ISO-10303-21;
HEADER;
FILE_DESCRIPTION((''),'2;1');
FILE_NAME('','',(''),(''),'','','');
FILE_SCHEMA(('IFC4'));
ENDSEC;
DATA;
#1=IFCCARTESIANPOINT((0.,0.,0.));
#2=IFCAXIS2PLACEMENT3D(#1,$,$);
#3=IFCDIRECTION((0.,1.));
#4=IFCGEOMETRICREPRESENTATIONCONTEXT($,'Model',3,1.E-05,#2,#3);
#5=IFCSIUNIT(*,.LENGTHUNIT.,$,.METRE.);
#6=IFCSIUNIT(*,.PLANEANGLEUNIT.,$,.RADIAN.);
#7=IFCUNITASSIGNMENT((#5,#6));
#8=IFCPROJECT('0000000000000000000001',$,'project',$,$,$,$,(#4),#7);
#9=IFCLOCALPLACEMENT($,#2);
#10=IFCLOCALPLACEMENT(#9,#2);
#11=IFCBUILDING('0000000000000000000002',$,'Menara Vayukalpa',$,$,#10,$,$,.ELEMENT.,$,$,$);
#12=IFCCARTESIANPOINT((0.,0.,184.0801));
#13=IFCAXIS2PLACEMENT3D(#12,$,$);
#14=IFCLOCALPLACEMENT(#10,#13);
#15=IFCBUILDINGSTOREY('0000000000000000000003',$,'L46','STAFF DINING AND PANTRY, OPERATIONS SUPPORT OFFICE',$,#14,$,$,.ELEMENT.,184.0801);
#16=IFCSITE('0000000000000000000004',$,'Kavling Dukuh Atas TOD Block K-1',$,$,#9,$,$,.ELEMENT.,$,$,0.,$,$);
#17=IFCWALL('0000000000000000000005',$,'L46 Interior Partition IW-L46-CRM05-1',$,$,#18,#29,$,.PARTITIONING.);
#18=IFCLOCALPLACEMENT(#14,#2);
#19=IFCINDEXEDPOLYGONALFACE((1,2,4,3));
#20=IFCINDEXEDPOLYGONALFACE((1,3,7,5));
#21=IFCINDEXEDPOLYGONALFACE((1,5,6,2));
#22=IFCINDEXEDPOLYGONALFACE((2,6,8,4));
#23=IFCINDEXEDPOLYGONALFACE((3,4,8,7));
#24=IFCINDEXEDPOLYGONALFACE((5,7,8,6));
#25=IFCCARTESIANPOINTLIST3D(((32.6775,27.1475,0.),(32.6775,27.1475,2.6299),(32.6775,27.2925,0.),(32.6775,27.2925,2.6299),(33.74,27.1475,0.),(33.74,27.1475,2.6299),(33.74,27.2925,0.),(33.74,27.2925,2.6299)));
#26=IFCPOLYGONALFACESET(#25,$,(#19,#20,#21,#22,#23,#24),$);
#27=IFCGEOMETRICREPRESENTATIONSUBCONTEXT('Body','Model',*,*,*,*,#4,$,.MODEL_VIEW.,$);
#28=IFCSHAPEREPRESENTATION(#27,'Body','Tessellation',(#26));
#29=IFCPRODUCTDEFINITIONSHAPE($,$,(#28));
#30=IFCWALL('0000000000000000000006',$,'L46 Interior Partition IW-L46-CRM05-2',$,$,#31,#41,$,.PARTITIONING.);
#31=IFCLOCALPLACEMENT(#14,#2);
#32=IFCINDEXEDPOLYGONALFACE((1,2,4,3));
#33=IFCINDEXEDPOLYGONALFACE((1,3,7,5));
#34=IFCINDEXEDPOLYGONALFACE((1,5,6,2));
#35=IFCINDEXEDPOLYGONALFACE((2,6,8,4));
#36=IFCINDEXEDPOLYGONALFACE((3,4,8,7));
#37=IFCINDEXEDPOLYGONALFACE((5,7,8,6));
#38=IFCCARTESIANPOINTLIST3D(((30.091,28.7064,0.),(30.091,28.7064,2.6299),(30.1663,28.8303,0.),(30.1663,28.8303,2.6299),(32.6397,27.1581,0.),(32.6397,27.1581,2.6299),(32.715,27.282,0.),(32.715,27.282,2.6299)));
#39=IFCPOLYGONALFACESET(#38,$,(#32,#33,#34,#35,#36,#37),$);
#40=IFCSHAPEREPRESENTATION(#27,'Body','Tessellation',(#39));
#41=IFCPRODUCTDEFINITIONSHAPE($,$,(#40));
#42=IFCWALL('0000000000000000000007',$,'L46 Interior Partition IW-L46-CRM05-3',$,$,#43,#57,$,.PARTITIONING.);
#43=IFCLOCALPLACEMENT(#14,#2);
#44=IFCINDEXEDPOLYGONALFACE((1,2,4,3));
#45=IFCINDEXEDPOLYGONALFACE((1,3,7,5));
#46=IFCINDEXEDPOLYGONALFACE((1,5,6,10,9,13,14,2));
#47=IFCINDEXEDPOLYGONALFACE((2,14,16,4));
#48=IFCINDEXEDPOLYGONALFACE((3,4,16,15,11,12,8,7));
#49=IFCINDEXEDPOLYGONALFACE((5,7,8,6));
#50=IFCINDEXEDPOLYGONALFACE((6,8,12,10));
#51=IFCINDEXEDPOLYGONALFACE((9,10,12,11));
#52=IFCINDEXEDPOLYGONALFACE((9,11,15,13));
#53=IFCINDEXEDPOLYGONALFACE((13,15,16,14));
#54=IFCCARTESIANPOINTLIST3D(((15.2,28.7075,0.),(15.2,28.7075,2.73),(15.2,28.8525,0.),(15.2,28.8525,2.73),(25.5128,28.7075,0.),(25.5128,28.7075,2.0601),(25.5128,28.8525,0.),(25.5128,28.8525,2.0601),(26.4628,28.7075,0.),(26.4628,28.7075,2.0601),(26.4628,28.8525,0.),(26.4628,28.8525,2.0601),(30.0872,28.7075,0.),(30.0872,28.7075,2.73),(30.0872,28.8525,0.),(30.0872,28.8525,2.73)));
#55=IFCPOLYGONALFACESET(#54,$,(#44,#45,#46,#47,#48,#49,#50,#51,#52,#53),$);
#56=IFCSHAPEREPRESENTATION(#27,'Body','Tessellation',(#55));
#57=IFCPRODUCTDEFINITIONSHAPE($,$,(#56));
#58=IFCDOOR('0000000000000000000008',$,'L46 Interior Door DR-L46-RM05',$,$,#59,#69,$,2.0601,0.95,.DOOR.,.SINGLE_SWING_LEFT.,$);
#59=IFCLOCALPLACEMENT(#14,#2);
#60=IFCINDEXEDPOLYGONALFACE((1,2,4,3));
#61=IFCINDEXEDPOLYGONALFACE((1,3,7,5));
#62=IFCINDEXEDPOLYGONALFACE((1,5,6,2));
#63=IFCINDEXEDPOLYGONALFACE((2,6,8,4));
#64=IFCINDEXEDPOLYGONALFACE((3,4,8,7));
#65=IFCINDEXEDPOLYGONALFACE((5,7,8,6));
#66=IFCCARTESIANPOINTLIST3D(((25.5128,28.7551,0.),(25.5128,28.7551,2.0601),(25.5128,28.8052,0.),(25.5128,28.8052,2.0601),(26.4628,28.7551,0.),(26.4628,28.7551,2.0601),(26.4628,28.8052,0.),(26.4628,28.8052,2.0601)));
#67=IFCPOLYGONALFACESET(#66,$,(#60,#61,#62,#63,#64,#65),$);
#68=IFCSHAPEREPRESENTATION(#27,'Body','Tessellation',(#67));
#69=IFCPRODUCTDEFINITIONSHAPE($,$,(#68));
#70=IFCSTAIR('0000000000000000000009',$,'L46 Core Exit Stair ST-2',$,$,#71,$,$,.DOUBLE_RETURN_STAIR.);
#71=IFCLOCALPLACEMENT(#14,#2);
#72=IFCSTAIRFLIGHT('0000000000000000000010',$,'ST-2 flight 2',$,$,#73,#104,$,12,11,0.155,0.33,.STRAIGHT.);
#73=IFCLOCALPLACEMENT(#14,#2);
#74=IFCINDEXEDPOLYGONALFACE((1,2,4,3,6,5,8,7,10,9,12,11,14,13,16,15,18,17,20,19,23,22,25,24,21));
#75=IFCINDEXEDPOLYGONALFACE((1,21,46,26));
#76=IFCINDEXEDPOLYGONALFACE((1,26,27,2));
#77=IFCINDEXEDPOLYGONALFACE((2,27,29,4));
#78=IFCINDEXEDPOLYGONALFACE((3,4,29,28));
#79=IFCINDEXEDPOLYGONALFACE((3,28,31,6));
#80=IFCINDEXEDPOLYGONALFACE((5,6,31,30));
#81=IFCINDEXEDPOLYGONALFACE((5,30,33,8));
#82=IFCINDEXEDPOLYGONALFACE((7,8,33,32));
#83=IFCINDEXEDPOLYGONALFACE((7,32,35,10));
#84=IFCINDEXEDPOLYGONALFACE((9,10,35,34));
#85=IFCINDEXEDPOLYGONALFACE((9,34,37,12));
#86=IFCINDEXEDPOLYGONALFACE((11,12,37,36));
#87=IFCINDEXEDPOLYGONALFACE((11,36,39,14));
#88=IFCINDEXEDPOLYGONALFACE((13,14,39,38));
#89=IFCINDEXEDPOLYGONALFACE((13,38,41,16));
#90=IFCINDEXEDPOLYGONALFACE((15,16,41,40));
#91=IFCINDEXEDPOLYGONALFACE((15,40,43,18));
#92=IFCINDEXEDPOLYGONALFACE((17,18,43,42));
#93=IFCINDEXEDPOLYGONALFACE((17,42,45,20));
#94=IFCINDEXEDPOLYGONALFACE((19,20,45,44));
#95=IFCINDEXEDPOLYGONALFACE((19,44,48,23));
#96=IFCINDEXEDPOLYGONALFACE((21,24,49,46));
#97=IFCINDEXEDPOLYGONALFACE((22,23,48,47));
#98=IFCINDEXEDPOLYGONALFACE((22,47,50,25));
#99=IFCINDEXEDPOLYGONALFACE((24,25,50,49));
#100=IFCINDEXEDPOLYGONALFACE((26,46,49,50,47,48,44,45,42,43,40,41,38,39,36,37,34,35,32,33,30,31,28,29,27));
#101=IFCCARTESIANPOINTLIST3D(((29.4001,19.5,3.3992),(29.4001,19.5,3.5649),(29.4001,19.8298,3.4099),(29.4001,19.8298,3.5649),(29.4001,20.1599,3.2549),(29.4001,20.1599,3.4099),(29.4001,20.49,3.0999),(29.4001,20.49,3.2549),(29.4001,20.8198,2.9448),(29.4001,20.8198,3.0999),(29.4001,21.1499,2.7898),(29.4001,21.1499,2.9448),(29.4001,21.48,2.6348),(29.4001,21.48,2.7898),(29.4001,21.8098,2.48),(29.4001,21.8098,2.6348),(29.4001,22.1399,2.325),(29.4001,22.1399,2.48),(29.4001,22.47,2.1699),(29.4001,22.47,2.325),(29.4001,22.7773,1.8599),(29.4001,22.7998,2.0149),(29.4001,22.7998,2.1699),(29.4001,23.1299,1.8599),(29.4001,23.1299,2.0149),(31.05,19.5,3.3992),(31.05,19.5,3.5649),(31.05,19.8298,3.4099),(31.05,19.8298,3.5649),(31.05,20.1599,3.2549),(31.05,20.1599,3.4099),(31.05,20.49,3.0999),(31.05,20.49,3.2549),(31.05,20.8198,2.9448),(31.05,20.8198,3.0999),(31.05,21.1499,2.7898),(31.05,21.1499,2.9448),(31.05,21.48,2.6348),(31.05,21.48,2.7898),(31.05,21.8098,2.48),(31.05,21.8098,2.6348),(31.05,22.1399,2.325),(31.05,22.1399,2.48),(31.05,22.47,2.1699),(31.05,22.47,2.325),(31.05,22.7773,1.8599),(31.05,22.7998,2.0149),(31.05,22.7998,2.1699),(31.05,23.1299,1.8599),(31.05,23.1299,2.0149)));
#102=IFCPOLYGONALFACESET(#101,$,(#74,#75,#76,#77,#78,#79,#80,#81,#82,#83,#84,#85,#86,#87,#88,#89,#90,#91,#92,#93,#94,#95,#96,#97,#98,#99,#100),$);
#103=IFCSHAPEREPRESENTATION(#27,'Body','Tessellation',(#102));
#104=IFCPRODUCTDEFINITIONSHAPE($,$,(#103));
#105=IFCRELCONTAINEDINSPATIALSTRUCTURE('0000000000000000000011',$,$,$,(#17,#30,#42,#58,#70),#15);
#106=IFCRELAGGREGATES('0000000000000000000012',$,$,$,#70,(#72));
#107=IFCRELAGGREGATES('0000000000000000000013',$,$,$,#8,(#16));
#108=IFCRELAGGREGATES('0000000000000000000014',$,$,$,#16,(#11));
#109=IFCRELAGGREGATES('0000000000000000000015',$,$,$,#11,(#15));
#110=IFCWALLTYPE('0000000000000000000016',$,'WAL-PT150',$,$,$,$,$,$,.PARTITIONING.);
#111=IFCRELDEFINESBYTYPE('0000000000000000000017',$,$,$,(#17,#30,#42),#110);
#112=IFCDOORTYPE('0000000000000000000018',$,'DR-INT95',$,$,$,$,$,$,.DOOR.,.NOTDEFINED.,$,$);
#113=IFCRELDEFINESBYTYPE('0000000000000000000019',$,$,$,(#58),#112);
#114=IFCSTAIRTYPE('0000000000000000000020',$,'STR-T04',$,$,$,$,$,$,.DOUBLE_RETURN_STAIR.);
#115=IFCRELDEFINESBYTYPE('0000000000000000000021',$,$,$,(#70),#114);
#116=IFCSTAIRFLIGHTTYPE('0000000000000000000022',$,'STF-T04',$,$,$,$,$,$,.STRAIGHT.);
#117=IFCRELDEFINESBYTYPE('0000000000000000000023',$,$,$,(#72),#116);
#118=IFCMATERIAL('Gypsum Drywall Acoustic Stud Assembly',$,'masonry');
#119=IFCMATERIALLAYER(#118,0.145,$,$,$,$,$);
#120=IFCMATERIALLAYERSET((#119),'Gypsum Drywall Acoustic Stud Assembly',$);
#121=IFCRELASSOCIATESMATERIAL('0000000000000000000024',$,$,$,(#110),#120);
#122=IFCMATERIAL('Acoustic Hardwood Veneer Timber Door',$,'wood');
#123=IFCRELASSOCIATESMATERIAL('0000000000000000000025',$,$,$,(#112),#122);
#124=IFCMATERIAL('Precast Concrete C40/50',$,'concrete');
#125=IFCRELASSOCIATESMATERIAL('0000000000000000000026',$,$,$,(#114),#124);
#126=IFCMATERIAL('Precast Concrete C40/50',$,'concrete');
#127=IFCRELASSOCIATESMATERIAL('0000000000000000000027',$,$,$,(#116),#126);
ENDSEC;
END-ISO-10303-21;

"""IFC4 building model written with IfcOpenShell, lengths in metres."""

from ifc_helpers import new_model, si_unit, direction, frame, frame_2d, origin, place, context, subcontext, project, spatial, polyline, rectangle, outline, extrude, material, layer, layer_set, type_object, element, fill, aggregate, save


model = new_model("IFC4")

# Units and contexts
model_context = context("Model", 3, precision=1e-05, world=origin(), true_north=direction((0.0, 1.0)))
body_context = subcontext(model_context, "Body", "Model", "MODEL_VIEW")
ifc_project = project(units=[si_unit("LENGTHUNIT", "METRE"), si_unit("PLANEANGLEUNIT", "RADIAN")], contexts=[model_context])

# Site, building, storey
site_placement = place(None, origin())
site = spatial("IfcSite", under=ifc_project, at=site_placement, Name="Kavling Dukuh Atas TOD Block K-1", CompositionType="ELEMENT", RefElevation=0.0)
building_placement = place(site_placement, origin())
building = spatial("IfcBuilding", under=site, at=building_placement, Name="Menara Vayukalpa", CompositionType="ELEMENT")
storey_placement = place(building_placement, frame((0.0, 0.0, 184.0801)))
storey = spatial("IfcBuildingStorey", under=building, at=storey_placement, Name="L46", Description="STAFF DINING AND PANTRY, OPERATIONS SUPPORT OFFICE", CompositionType="ELEMENT", Elevation=184.0801)

# Walls
ifc_material_1 = material(Name="Gypsum Drywall Acoustic Stud Assembly", Category="masonry")
ifc_layer_1 = layer(ifc_material_1, 0.145)
ifc_layer_set_1 = layer_set([ifc_layer_1], Name="Gypsum Drywall Acoustic Stud Assembly")
wall_type_1 = type_object("IfcWallType", Name="WAL-PT150", PredefinedType="PARTITIONING", material=ifc_layer_set_1)
wall_1_placement = place(storey_placement, frame((33.74, 27.22, 0.0), z_axis=(0.0, 0.0, 1.0), x_axis=(-1.0, 0.0, 0.0)))
element("IfcWall", 1, at=wall_1_placement, inside=storey, type_object=wall_type_1, Name="L46 Interior Partition IW-L46-CRM05-1", PredefinedType="PARTITIONING", context=body_context, shape_type="SweptSolid", body=[
    extrude(rectangle(XDim=1.0625, YDim=0.145, at=frame_2d((0.5312, 0.0))), origin(), (0.0, 0.0, 1.0), 2.6299),
])
wall_2_placement = place(storey_placement, frame((32.6775, 27.22, 0.0), z_axis=(0.0, 0.0, 1.0), x_axis=(-0.854663, 0.519183, 0.0)))
element("IfcWall", 2, at=wall_2_placement, inside=storey, type_object=wall_type_1, Name="L46 Interior Partition IW-L46-CRM05-2", PredefinedType="PARTITIONING", context=body_context, shape_type="SweptSolid", body=[
    extrude(rectangle(XDim=2.9822, YDim=0.145, at=frame_2d((1.4912, 0.0))), origin(), (0.0, 0.0, 1.0), 2.6299),
])

# Wall, opening, door
wall_3_placement = place(storey_placement, frame((30.0872, 28.78, 0.0), z_axis=(0.0, 0.0, 1.0), x_axis=(-1.0, 0.0, 0.0)))
wall_3 = element("IfcWall", 3, at=wall_3_placement, inside=storey, type_object=wall_type_1, Name="L46 Interior Partition IW-L46-CRM05-3", PredefinedType="PARTITIONING", context=body_context, shape_type="SweptSolid", body=[
    extrude(rectangle(XDim=14.8872, YDim=0.145, at=frame_2d((7.4436, 0.0))), origin(), (0.0, 0.0, 1.0), 2.73),
])
opening_placement = place(wall_3_placement, frame((3.6243, 0.0, 0.0)))
opening = element("IfcOpeningElement", 4, at=opening_placement, cuts=wall_3, PredefinedType="OPENING", context=body_context, shape_type="SweptSolid", body=[
    extrude(rectangle(XDim=0.95, YDim=2.0601, at=frame_2d((0.4751, 1.03))), frame((0.0, 0.0825, 0.0), z_axis=(0.0, -1.0, 0.0), x_axis=(1.0, 0.0, 0.0)), (0.0, 0.0, 1.0), 0.165),
])
ifc_material_2 = material(Name="Acoustic Hardwood Veneer Timber Door", Category="wood")
door_type = type_object("IfcDoorType", Name="DR-INT95", OperationType="NOTDEFINED", PredefinedType="DOOR", material=ifc_material_2)
door_placement = place(opening_placement, origin())
door = element("IfcDoor", 5, at=door_placement, inside=storey, type_object=door_type, Name="L46 Interior Door DR-L46-RM05", OperationType="SINGLE_SWING_LEFT", OverallHeight=2.0601, OverallWidth=0.95, PredefinedType="DOOR", context=body_context, shape_type="SweptSolid", body=[
    extrude(rectangle(XDim=0.95, YDim=2.0601, at=frame_2d((0.4751, 1.03))), frame((0.0, 0.0249, 0.0), z_axis=(0.0, -1.0, 0.0), x_axis=(1.0, 0.0, 0.0)), (0.0, 0.0, 1.0), 0.05),
])
fill(opening, door)

# Stair, stair flight
ifc_material_3 = material(Name="Precast Concrete C40/50", Category="concrete")
stair_type = type_object("IfcStairType", Name="STR-T04", PredefinedType="DOUBLE_RETURN_STAIR", material=ifc_material_3)
stair_placement = place(storey_placement, origin())
stair = element("IfcStair", 6, at=stair_placement, inside=storey, type_object=stair_type, Name="L46 Core Exit Stair ST-2", PredefinedType="DOUBLE_RETURN_STAIR")
ifc_material_4 = material(Name="Precast Concrete C40/50", Category="concrete")
stair_flight_type = type_object("IfcStairFlightType", Name="STF-T04", PredefinedType="STRAIGHT", material=ifc_material_4)
stair_flight_placement = place(storey_placement, frame((30.2251, 23.1299, 1.8599), z_axis=(0.0, 0.0, 1.0), x_axis=(0.0, -1.0, 0.0)))
stair_flight = element("IfcStairFlight", 7, at=stair_flight_placement, type_object=stair_flight_type, Name="ST-2 flight 2", NumberOfRisers=12, NumberOfTreads=11, PredefinedType="STRAIGHT", RiserHeight=0.155, TreadLength=0.33, context=body_context, shape_type="SweptSolid", body=[
    extrude(outline(polyline([(0.0, 0.0), (0.0, 0.155), (0.3301, 0.155), (0.3301, 0.3101), (0.6599, 0.3101), (0.6599, 0.4651), (0.99, 0.4651), (0.99, 0.6201), (1.3201, 0.6201), (1.3201, 0.7749), (1.6499, 0.7749), (1.6499, 0.9299), (1.98, 0.9299), (1.98, 1.085), (2.3101, 1.085), (2.3101, 1.24), (2.6399, 1.24), (2.6399, 1.395), (2.97, 1.395), (2.97, 1.55), (3.3, 1.55), (3.3, 1.7051), (3.6299, 1.7051), (3.6299, 1.8601), (3.6299, 1.5393), (0.3525, 0.0), (0.0, 0.0)])), frame((0.0, 0.825, 0.0), z_axis=(0.0, -1.0, 0.0), x_axis=(1.0, 0.0, 0.0)), (0.0, 0.0, 1.0), 1.6499),
])
aggregate(stair, [stair_flight])

save(model, "model.ifc")
